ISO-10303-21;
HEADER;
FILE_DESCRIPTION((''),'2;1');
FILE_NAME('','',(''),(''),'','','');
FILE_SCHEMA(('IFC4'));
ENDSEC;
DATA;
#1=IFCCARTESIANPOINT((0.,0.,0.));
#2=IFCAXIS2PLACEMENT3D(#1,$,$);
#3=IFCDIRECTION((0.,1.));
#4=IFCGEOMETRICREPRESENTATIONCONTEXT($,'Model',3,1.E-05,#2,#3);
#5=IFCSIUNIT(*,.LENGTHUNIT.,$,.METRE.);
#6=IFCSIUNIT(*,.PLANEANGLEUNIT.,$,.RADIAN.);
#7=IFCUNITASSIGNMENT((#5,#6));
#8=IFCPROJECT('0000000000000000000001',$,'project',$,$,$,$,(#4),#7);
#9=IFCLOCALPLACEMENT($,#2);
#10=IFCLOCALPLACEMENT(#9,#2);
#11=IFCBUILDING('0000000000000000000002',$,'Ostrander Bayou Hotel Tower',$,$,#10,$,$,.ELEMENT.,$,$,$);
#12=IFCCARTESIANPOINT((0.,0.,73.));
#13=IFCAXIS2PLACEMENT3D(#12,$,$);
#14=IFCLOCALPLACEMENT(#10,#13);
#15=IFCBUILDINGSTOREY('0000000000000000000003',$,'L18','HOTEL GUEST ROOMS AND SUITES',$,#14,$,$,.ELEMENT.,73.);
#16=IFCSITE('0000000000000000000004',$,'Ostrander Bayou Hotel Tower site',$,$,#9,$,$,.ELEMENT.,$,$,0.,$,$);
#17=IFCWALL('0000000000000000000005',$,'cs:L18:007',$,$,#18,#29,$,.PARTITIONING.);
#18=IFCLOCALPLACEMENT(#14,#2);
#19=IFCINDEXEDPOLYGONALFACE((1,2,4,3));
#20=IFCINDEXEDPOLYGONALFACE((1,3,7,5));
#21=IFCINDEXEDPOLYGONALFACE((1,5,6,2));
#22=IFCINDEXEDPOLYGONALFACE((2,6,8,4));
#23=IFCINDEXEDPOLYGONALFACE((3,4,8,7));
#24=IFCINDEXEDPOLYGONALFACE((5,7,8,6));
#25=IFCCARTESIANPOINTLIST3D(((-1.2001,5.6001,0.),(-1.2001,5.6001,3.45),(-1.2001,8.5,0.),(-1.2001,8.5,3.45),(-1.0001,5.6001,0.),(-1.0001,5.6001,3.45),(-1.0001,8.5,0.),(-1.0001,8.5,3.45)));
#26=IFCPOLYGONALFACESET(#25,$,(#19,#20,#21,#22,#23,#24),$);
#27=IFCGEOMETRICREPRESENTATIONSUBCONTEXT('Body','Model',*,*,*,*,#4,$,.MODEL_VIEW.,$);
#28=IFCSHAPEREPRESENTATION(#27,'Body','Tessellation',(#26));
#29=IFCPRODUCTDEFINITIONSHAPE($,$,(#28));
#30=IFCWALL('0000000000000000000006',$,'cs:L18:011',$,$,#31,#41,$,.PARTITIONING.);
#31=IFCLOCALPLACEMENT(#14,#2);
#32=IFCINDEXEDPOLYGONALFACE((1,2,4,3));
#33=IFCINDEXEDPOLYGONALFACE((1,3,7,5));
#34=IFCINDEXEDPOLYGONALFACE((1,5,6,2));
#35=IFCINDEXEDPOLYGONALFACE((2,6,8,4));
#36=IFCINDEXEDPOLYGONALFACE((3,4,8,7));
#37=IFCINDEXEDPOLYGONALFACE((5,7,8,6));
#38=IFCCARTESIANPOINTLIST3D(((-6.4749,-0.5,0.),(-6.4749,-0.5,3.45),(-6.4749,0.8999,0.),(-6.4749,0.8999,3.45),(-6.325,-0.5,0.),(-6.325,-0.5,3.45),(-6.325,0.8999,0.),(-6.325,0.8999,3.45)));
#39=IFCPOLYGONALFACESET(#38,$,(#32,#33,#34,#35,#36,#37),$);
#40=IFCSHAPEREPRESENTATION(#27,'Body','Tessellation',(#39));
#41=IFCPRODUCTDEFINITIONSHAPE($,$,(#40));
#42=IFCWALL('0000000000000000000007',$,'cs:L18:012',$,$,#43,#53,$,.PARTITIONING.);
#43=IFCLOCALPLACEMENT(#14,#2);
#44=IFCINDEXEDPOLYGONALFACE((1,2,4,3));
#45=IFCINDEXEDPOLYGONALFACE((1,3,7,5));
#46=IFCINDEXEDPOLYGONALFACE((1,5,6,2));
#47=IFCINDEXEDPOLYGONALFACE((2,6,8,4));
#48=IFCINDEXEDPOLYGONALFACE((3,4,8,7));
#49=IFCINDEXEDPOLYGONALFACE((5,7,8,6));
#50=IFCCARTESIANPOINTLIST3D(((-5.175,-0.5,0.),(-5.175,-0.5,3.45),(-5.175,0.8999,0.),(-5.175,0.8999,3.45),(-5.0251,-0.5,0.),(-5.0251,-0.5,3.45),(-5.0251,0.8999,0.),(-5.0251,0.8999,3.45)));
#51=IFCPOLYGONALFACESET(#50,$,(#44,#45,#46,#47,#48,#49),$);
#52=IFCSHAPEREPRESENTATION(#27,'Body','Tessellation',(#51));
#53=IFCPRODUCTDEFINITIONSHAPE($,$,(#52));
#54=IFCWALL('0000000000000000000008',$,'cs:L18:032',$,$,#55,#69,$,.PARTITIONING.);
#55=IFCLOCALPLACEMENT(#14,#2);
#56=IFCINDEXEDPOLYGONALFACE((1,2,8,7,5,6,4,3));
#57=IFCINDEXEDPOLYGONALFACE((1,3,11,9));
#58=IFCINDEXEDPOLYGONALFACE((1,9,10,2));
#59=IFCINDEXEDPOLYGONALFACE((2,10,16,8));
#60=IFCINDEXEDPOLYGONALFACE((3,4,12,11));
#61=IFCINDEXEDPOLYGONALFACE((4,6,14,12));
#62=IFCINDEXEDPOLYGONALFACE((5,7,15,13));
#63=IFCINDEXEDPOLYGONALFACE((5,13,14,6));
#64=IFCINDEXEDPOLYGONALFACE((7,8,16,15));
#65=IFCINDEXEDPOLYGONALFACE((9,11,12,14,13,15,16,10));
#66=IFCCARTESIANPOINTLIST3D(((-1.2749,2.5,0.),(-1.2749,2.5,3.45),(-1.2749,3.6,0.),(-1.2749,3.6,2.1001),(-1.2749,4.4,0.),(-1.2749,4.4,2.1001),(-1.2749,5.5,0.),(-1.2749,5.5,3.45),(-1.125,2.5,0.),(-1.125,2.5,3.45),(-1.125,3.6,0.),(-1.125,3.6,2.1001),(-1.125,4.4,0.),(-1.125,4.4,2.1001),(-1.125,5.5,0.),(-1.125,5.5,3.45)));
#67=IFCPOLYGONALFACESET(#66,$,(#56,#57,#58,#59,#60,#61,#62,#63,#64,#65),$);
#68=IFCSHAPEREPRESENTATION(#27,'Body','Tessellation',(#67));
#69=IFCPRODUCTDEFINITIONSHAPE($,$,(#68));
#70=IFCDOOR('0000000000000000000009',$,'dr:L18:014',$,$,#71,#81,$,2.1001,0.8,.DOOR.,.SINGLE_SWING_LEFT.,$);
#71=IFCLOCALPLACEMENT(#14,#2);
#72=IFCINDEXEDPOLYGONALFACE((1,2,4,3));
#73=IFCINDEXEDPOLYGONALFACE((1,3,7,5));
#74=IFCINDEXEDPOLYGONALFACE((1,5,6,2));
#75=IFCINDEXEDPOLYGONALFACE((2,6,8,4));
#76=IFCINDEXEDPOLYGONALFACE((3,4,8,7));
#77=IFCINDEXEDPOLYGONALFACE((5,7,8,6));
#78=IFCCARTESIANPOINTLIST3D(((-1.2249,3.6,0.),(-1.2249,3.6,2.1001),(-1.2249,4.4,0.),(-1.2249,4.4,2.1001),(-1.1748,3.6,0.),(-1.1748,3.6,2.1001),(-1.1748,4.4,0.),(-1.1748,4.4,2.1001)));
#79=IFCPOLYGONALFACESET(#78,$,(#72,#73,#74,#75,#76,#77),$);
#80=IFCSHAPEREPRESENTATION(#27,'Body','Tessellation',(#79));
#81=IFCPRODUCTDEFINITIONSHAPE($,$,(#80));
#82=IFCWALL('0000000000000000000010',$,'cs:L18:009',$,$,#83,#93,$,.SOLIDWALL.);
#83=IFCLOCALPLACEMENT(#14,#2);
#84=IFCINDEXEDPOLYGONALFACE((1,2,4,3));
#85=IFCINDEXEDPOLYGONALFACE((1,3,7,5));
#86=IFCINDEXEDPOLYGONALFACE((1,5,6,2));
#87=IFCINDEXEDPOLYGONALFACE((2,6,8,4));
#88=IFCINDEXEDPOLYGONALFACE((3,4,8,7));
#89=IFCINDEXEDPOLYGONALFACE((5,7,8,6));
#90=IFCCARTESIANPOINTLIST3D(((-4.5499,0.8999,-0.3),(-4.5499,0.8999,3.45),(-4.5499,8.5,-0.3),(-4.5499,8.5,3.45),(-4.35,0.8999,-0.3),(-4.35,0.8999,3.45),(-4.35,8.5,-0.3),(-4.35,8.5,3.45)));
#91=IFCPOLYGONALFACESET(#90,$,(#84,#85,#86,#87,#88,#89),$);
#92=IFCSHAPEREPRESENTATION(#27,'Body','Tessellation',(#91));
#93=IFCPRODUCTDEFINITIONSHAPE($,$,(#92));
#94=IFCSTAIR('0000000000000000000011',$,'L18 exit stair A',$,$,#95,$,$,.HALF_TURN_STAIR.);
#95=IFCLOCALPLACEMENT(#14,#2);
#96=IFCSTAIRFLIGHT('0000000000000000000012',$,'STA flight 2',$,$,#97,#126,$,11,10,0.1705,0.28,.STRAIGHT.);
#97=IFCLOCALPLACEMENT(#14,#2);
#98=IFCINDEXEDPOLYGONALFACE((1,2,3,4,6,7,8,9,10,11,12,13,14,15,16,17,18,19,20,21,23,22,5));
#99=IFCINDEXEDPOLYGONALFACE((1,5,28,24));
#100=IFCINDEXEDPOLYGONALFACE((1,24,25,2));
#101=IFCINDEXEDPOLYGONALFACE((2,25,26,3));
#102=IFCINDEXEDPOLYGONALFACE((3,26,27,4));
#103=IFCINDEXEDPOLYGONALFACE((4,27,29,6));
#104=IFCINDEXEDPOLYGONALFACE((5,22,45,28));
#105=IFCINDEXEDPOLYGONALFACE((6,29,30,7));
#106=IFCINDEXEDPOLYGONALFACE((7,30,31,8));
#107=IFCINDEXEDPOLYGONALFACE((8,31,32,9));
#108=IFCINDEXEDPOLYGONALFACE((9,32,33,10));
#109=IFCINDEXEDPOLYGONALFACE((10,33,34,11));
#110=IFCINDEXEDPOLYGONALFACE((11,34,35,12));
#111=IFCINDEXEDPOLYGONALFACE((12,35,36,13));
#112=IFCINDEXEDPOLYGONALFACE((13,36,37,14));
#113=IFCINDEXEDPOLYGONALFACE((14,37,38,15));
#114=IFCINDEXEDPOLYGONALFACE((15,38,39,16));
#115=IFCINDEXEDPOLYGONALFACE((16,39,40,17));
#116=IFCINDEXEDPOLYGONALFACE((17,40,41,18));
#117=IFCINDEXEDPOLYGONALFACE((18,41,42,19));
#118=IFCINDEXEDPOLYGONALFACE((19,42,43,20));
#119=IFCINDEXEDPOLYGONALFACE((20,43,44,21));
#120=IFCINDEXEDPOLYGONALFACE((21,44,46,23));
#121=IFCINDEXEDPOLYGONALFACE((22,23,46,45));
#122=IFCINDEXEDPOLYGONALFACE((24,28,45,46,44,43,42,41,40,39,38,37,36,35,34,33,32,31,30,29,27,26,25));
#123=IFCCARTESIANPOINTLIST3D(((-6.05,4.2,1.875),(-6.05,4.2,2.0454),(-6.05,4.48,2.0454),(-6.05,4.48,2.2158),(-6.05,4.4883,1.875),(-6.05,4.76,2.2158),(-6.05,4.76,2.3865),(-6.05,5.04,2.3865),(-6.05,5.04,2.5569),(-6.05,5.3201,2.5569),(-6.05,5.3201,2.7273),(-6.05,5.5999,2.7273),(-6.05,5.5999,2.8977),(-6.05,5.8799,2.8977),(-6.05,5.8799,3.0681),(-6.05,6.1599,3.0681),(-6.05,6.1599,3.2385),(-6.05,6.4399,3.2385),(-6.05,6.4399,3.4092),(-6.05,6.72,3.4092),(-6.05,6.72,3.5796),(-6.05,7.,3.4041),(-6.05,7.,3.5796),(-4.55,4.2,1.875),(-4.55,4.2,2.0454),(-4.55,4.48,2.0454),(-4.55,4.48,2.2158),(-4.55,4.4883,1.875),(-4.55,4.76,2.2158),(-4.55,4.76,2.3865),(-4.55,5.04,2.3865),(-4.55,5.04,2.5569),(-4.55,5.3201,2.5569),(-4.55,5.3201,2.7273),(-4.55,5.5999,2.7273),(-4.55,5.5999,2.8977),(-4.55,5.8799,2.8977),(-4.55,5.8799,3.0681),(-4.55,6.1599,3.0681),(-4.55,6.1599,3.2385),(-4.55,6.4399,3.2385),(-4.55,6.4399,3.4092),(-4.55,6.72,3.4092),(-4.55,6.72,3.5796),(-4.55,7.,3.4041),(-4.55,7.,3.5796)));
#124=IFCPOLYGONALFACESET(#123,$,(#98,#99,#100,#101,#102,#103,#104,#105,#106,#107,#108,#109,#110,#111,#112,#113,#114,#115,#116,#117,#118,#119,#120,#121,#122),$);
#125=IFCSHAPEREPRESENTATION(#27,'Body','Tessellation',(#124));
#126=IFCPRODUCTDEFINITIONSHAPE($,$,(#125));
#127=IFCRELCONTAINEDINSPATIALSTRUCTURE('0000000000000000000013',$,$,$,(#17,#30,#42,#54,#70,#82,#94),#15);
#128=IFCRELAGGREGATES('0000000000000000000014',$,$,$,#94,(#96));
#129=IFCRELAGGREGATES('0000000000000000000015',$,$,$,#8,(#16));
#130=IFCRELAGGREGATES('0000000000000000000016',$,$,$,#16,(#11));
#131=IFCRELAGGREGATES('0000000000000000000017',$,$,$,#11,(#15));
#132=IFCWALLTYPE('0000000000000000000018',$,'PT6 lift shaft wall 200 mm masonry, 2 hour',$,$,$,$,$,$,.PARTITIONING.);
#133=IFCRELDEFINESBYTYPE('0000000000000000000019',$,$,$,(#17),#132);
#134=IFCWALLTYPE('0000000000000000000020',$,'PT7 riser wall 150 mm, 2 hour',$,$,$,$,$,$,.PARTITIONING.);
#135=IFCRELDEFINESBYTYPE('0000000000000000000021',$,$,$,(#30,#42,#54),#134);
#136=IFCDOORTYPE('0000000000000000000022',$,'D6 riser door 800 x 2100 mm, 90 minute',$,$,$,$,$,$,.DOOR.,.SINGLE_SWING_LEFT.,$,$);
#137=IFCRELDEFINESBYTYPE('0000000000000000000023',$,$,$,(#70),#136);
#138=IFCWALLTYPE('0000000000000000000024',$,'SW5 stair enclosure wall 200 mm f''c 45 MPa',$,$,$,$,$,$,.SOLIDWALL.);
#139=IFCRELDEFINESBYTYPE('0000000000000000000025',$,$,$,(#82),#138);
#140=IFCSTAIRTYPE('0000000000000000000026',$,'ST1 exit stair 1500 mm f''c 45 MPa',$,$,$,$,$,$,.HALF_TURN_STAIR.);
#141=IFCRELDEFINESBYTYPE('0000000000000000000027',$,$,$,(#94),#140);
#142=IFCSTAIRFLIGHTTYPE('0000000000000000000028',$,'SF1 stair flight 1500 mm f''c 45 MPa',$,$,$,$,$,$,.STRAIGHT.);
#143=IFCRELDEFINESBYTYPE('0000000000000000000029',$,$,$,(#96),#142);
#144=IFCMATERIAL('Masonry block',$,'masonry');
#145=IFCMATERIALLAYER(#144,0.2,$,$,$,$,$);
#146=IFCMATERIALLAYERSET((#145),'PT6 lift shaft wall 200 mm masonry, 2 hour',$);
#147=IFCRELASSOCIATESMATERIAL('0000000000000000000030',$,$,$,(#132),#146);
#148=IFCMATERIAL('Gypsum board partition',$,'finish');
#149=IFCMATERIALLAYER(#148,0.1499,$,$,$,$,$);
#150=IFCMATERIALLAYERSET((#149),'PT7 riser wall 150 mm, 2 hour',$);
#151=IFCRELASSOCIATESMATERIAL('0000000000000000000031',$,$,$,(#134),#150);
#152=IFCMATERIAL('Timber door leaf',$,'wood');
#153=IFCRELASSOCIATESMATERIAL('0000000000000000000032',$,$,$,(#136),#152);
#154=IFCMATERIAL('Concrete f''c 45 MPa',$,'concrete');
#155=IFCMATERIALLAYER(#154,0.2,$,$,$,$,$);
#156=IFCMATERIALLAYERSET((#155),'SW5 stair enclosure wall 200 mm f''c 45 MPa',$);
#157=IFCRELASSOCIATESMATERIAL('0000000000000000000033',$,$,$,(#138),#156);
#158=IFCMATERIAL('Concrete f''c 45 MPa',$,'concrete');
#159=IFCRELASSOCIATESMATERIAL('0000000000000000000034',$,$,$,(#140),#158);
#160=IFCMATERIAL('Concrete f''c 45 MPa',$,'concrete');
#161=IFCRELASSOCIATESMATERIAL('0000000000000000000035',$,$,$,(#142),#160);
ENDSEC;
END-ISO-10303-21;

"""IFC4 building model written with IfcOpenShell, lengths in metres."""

from ifc_helpers import new_model, si_unit, direction, frame, frame_2d, origin, place, context, subcontext, project, spatial, polyline, rectangle, outline, extrude, material, layer, layer_set, type_object, element, fill, aggregate, save


model = new_model("IFC4")

# Units and contexts
model_context = context("Model", 3, precision=1e-05, world=origin(), true_north=direction((0.0, 1.0)))
body_context = subcontext(model_context, "Body", "Model", "MODEL_VIEW")
ifc_project = project(units=[si_unit("LENGTHUNIT", "METRE"), si_unit("PLANEANGLEUNIT", "RADIAN")], contexts=[model_context])

# Site, building, storey
site_placement = place(None, origin())
site = spatial("IfcSite", under=ifc_project, at=site_placement, Name="Ostrander Bayou Hotel Tower site", CompositionType="ELEMENT", RefElevation=0.0)
building_placement = place(site_placement, origin())
building = spatial("IfcBuilding", under=site, at=building_placement, Name="Ostrander Bayou Hotel Tower", CompositionType="ELEMENT")
storey_placement = place(building_placement, frame((0.0, 0.0, 73.0)))
storey = spatial("IfcBuildingStorey", under=building, at=storey_placement, Name="L18", Description="HOTEL GUEST ROOMS AND SUITES", CompositionType="ELEMENT", Elevation=73.0)

# Walls
ifc_material_1 = material(Name="Masonry block", Category="masonry")
ifc_layer_1 = layer(ifc_material_1, 0.2)
ifc_layer_set_1 = layer_set([ifc_layer_1], Name="PT6 lift shaft wall 200 mm masonry, 2 hour")
wall_type_1 = type_object("IfcWallType", Name="PT6 lift shaft wall 200 mm masonry, 2 hour", PredefinedType="PARTITIONING", material=ifc_layer_set_1)
for number, where, z_axis, x_axis, name in (
    (1, (-1.1001, 5.6001, 0.0), (0.0, 0.0, 1.0), (0.0, 1.0, 0.0), "cs:L18:007"),
):
    element("IfcWall", number, at=place(storey_placement, frame(where, z_axis=z_axis, x_axis=x_axis)), inside=storey, type_object=wall_type_1, Name=name, PredefinedType="PARTITIONING", context=body_context, shape_type="SweptSolid", body=[
        extrude(rectangle(XDim=2.8999, YDim=0.2, at=frame_2d((1.45, 0.0))), origin(), (0.0, 0.0, 1.0), 3.45),
    ])
ifc_material_2 = material(Name="Gypsum board partition", Category="finish")
ifc_layer_2 = layer(ifc_material_2, 0.1499)
ifc_layer_set_2 = layer_set([ifc_layer_2], Name="PT7 riser wall 150 mm, 2 hour")
wall_type_2 = type_object("IfcWallType", Name="PT7 riser wall 150 mm, 2 hour", PredefinedType="PARTITIONING", material=ifc_layer_set_2)
for number, where, z_axis, x_axis, name in (
    (2, (-6.3999, -0.5, 0.0), (0.0, 0.0, 1.0), (0.0, 1.0, 0.0), "cs:L18:011"),
    (3, (-5.1001, -0.5, 0.0), (0.0, 0.0, 1.0), (0.0, 1.0, 0.0), "cs:L18:012"),
):
    element("IfcWall", number, at=place(storey_placement, frame(where, z_axis=z_axis, x_axis=x_axis)), inside=storey, type_object=wall_type_2, Name=name, PredefinedType="PARTITIONING", context=body_context, shape_type="SweptSolid", body=[
        extrude(rectangle(XDim=1.3999, YDim=0.1499, at=frame_2d((0.7, 0.0))), origin(), (0.0, 0.0, 1.0), 3.45),
    ])

# Wall, opening, door
wall_1_placement = place(storey_placement, frame((-1.2, 2.5, 0.0), z_axis=(0.0, 0.0, 1.0), x_axis=(0.0, 1.0, 0.0)))
wall_1 = element("IfcWall", 4, at=wall_1_placement, inside=storey, type_object=wall_type_2, Name="cs:L18:032", PredefinedType="PARTITIONING", context=body_context, shape_type="SweptSolid", body=[
    extrude(rectangle(XDim=3.0, YDim=0.1499, at=frame_2d((1.5, 0.0))), origin(), (0.0, 0.0, 1.0), 3.45),
])
opening_placement = place(wall_1_placement, frame((1.1001, 0.0, 0.0)))
opening = element("IfcOpeningElement", 5, at=opening_placement, cuts=wall_1, PredefinedType="OPENING", context=body_context, shape_type="SweptSolid", body=[
    extrude(rectangle(XDim=0.8, YDim=2.1001, at=frame_2d((0.3999, 1.05))), frame((0.0, 0.075, 0.0), z_axis=(0.0, -1.0, 0.0), x_axis=(1.0, 0.0, 0.0)), (0.0, 0.0, 1.0), 0.1499),
])
ifc_material_3 = material(Name="Timber door leaf", Category="wood")
door_type = type_object("IfcDoorType", Name="D6 riser door 800 x 2100 mm, 90 minute", OperationType="SINGLE_SWING_LEFT", PredefinedType="DOOR", material=ifc_material_3)
door_placement = place(opening_placement, origin())
door = element("IfcDoor", 6, at=door_placement, inside=storey, type_object=door_type, Name="dr:L18:014", OperationType="SINGLE_SWING_LEFT", OverallHeight=2.1001, OverallWidth=0.8, PredefinedType="DOOR", context=body_context, shape_type="SweptSolid", body=[
    extrude(rectangle(XDim=0.8, YDim=2.1001, at=frame_2d((0.3999, 1.05))), frame((0.0, 0.0249, 0.0), z_axis=(0.0, -1.0, 0.0), x_axis=(1.0, 0.0, 0.0)), (0.0, 0.0, 1.0), 0.05),
])
fill(opening, door)

# Wall
ifc_material_4 = material(Name="Concrete f'c 45 MPa", Category="concrete")
ifc_layer_3 = layer(ifc_material_4, 0.2)
ifc_layer_set_3 = layer_set([ifc_layer_3], Name="SW5 stair enclosure wall 200 mm f'c 45 MPa")
wall_type_3 = type_object("IfcWallType", Name="SW5 stair enclosure wall 200 mm f'c 45 MPa", PredefinedType="SOLIDWALL", material=ifc_layer_set_3)
wall_2_placement = place(storey_placement, frame((-4.45, 0.8999, -0.3), z_axis=(0.0, 0.0, 1.0), x_axis=(0.0, 1.0, 0.0)))
element("IfcWall", 7, at=wall_2_placement, inside=storey, type_object=wall_type_3, Name="cs:L18:009", PredefinedType="SOLIDWALL", context=body_context, shape_type="SweptSolid", body=[
    extrude(rectangle(XDim=7.6001, YDim=0.2, at=frame_2d((3.8, 0.0))), origin(), (0.0, 0.0, 1.0), 3.75),
])

# Stair, stair flight
ifc_material_5 = material(Name="Concrete f'c 45 MPa", Category="concrete")
stair_type = type_object("IfcStairType", Name="ST1 exit stair 1500 mm f'c 45 MPa", PredefinedType="HALF_TURN_STAIR", material=ifc_material_5)
stair_placement = place(storey_placement, origin())
stair = element("IfcStair", 8, at=stair_placement, inside=storey, type_object=stair_type, Name="L18 exit stair A", PredefinedType="HALF_TURN_STAIR")
ifc_material_6 = material(Name="Concrete f'c 45 MPa", Category="concrete")
stair_flight_type = type_object("IfcStairFlightType", Name="SF1 stair flight 1500 mm f'c 45 MPa", PredefinedType="STRAIGHT", material=ifc_material_6)
stair_flight_placement = place(storey_placement, frame((-5.3, 4.2, 1.875), z_axis=(0.0, 0.0, 1.0), x_axis=(0.0, 1.0, 0.0)))
stair_flight = element("IfcStairFlight", 9, at=stair_flight_placement, type_object=stair_flight_type, Name="STA flight 2", NumberOfRisers=11, NumberOfTreads=10, PredefinedType="STRAIGHT", RiserHeight=0.1705, TreadLength=0.28, context=body_context, shape_type="SweptSolid", body=[
    extrude(outline(polyline([(0.0, 0.0), (0.0, 0.1704), (0.28, 0.1704), (0.28, 0.3408), (0.5601, 0.3408), (0.5601, 0.5115), (0.8401, 0.5115), (0.8401, 0.6819), (1.1201, 0.6819), (1.1201, 0.8523), (1.3999, 0.8523), (1.3999, 1.0227), (1.6799, 1.0227), (1.6799, 1.1931), (1.96, 1.1931), (1.96, 1.3635), (2.24, 1.3635), (2.24, 1.5342), (2.52, 1.5342), (2.52, 1.7046), (2.8, 1.7046), (2.8, 1.875), (2.8, 1.5291), (0.2883, 0.0), (0.0, 0.0)])), frame((0.0, 0.75, 0.0), z_axis=(0.0, -1.0, 0.0), x_axis=(1.0, 0.0, 0.0)), (0.0, 0.0, 1.0), 1.5),
])
aggregate(stair, [stair_flight])

save(model, "model.ifc")
